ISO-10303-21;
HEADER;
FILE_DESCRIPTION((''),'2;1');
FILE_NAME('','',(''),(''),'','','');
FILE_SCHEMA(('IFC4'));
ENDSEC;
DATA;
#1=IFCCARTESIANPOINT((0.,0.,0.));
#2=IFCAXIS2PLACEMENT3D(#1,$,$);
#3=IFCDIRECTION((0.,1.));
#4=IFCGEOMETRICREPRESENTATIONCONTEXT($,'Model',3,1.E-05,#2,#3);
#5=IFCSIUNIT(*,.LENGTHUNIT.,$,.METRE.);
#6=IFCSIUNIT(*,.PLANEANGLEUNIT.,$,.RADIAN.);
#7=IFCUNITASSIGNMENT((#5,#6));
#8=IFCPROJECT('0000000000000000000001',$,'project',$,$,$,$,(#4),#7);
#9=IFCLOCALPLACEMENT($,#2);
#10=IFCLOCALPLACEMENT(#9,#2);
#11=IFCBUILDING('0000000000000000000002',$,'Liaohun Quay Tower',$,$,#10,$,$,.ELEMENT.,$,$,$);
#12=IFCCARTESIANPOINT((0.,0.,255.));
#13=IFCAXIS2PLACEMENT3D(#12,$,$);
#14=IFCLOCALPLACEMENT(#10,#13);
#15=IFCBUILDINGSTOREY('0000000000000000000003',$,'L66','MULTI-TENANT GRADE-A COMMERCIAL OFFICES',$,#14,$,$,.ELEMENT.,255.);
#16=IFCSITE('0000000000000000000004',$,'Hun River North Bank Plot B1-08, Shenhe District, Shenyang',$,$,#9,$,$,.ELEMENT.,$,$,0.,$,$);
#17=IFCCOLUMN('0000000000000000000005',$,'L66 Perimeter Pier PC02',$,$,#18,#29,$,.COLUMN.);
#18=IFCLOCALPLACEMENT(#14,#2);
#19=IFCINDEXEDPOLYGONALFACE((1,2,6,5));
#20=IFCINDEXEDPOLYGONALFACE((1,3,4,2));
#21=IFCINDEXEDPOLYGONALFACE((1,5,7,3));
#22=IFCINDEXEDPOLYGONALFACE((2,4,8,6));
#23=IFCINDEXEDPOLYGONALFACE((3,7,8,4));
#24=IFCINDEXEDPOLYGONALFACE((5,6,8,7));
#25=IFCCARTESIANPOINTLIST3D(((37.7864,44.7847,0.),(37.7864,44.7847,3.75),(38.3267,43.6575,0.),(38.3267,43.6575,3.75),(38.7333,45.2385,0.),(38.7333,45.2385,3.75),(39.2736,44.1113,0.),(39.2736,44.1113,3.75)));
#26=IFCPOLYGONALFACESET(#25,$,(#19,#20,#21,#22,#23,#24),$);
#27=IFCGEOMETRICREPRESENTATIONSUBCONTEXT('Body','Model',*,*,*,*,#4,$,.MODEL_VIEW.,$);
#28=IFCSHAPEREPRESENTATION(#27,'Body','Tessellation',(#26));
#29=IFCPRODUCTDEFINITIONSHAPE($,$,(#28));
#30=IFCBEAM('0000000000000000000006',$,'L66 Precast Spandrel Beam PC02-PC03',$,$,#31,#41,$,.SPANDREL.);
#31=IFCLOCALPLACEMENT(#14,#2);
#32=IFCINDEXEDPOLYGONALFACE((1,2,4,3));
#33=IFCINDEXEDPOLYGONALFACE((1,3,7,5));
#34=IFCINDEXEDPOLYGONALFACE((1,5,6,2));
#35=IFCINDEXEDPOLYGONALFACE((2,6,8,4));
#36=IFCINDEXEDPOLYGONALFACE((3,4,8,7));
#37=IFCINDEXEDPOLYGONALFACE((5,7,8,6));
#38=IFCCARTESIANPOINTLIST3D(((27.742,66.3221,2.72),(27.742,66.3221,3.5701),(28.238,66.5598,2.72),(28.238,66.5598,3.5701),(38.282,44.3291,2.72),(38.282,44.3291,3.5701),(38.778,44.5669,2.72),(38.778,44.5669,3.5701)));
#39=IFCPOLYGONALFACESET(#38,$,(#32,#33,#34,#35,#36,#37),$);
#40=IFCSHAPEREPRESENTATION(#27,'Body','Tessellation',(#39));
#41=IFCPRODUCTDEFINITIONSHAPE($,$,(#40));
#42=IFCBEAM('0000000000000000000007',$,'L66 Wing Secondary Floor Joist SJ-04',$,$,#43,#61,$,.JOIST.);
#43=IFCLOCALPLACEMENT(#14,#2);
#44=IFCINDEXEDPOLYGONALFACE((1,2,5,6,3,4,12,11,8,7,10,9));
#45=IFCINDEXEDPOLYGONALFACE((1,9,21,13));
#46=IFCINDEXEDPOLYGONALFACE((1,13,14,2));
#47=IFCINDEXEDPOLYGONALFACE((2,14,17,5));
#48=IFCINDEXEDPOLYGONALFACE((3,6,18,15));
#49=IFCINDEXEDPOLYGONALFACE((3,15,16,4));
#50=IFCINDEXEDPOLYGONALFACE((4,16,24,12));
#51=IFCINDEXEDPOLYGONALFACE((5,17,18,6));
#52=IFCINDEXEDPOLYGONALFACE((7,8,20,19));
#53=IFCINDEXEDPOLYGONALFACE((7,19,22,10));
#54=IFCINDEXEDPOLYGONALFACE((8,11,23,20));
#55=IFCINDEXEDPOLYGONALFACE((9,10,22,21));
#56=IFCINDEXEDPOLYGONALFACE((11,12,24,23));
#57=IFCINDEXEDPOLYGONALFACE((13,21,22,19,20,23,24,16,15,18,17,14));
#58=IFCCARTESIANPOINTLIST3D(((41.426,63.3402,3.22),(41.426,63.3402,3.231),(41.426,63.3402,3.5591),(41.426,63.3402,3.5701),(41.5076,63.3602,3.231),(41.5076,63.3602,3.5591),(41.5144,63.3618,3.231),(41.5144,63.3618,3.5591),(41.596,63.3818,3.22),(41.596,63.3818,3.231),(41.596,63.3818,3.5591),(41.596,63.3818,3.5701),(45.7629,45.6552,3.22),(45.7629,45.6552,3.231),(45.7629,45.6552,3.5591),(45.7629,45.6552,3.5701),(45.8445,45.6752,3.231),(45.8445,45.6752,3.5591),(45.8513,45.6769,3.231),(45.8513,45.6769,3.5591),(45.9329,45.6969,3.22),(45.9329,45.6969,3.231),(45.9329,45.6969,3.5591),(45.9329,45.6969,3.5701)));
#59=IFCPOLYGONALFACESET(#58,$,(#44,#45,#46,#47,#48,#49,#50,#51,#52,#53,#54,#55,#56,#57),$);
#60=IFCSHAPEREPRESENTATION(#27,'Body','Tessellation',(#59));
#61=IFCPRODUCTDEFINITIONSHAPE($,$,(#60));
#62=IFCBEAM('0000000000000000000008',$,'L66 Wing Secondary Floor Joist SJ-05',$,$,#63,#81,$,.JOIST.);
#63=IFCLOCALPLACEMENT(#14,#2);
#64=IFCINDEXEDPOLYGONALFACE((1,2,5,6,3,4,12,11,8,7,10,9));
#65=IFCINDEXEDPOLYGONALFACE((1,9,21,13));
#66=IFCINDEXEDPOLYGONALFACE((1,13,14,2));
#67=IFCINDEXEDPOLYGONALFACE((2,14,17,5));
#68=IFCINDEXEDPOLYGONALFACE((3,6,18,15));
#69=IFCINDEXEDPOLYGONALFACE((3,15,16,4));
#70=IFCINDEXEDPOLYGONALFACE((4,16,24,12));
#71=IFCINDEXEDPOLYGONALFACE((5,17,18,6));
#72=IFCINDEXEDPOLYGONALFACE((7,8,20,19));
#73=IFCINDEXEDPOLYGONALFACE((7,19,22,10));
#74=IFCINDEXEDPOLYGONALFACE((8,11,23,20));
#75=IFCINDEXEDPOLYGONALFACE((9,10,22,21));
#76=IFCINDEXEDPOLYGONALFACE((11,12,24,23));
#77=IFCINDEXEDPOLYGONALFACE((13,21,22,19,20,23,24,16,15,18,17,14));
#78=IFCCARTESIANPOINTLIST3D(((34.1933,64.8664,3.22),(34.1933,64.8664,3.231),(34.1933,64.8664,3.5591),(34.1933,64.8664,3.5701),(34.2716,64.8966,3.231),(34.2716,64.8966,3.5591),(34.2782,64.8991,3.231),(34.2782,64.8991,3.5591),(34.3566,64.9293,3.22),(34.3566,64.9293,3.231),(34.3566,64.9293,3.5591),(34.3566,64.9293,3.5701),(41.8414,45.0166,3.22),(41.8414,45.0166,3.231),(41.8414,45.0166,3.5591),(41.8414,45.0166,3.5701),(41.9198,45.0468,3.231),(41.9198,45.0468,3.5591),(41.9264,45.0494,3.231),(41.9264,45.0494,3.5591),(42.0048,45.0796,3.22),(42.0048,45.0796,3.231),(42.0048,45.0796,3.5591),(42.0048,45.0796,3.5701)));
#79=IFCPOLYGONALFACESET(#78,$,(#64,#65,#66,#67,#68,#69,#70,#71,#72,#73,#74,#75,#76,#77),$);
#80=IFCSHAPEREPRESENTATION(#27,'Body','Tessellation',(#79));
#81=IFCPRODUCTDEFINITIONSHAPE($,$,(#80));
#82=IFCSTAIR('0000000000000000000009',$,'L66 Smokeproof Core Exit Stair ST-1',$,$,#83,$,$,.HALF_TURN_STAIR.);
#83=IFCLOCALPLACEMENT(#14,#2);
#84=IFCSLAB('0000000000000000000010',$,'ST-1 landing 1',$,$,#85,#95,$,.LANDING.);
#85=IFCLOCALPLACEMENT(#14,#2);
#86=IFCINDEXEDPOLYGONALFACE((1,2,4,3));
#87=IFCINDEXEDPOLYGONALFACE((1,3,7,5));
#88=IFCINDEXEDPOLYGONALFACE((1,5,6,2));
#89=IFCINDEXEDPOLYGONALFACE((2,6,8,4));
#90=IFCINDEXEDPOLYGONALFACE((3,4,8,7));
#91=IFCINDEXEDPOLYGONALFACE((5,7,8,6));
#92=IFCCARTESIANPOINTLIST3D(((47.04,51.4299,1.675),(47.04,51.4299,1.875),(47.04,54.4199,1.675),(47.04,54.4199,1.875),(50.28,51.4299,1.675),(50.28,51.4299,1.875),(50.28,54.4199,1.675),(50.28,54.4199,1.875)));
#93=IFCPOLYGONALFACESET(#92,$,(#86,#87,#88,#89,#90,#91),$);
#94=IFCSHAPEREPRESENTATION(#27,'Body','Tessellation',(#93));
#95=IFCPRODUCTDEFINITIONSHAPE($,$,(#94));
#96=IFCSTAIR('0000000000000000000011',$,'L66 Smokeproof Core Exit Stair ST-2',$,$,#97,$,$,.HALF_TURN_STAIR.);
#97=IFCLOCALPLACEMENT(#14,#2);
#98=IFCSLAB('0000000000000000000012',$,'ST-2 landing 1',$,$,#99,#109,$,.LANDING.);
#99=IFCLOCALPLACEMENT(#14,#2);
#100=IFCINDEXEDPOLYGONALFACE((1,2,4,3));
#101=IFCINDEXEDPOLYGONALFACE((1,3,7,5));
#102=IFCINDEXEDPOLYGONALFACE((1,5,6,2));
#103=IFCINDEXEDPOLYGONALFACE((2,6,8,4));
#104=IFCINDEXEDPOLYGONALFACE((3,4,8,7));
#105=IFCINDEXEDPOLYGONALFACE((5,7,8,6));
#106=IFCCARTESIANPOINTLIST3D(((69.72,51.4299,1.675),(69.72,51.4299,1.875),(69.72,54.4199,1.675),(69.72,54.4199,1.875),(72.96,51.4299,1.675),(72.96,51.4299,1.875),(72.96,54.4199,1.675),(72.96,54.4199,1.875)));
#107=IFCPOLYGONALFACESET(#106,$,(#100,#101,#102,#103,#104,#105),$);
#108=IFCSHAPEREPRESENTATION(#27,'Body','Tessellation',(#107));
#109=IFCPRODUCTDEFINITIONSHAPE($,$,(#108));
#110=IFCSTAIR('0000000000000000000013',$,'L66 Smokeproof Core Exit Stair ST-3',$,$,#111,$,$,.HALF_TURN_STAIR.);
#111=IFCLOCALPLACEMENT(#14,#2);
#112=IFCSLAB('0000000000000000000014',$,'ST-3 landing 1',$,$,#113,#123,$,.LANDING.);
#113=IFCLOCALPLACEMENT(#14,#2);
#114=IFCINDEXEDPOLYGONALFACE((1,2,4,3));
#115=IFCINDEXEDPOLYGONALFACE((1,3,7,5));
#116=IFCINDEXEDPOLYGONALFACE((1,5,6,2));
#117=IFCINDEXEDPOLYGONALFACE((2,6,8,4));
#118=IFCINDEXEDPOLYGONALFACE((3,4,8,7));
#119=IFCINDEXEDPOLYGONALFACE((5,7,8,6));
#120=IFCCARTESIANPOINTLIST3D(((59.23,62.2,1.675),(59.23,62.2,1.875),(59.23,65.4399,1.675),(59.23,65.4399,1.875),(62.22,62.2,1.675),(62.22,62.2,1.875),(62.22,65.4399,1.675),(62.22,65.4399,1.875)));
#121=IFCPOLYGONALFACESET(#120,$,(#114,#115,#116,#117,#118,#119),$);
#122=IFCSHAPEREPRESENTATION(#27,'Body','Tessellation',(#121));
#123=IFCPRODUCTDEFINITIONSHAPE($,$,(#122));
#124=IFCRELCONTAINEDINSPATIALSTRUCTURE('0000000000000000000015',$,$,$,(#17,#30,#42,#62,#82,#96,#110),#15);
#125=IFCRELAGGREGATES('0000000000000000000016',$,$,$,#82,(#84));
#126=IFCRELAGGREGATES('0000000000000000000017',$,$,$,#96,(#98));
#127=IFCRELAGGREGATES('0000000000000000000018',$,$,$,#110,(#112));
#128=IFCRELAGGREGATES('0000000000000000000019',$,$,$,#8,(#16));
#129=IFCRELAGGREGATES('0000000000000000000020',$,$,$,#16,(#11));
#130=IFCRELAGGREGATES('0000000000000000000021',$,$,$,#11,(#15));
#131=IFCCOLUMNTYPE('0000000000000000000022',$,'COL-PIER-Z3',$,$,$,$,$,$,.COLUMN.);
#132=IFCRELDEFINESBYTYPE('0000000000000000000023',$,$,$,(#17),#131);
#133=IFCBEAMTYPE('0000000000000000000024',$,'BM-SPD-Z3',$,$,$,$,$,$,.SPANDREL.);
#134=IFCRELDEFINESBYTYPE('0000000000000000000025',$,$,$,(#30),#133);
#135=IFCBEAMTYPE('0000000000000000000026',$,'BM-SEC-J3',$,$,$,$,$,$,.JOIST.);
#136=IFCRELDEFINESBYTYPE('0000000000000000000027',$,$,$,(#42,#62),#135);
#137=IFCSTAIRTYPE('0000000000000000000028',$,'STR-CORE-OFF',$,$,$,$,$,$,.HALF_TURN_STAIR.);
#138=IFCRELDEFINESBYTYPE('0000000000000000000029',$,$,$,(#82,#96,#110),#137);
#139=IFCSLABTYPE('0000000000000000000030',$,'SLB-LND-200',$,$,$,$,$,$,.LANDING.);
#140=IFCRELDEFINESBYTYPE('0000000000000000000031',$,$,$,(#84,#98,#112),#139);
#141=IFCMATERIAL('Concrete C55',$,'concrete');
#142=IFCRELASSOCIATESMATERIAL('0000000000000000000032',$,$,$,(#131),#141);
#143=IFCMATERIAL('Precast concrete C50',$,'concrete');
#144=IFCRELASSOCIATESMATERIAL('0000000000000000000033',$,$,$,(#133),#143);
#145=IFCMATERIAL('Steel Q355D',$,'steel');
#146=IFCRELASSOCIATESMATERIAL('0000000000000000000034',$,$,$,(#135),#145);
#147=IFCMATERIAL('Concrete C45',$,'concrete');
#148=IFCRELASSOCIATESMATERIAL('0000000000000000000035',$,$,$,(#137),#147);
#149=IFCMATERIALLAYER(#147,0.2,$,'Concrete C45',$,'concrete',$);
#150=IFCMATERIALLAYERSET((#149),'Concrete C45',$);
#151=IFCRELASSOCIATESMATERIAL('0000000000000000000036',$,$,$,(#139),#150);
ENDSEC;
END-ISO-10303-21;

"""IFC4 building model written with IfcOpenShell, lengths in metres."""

from ifc_helpers import new_model, si_unit, direction, frame, origin, origin_2d, place, context, subcontext, project, spatial, polyline, rectangle, i_section, outline, extrude, source, transform, mapped, material, layer, layer_set, material_profile, profile_set, type_object, element, aggregate, save


model = new_model("IFC4")

# Units and contexts
model_context = context("Model", 3, precision=1e-05, world=origin(), true_north=direction((0.0, 1.0)))
body_context = subcontext(model_context, "Body", "Model", "MODEL_VIEW")
ifc_project = project(units=[si_unit("LENGTHUNIT", "METRE"), si_unit("PLANEANGLEUNIT", "RADIAN")], contexts=[model_context])

# Site, building, storey
site_placement = place(None, origin())
site = spatial("IfcSite", under=ifc_project, at=site_placement, Name="Hun River North Bank Plot B1-08, Shenhe District, Shenyang", CompositionType="ELEMENT", RefElevation=0.0)
building_placement = place(site_placement, origin())
building = spatial("IfcBuilding", under=site, at=building_placement, Name="Liaohun Quay Tower", CompositionType="ELEMENT")
storey_placement = place(building_placement, frame((0.0, 0.0, 255.0)))
storey = spatial("IfcBuildingStorey", under=building, at=storey_placement, Name="L66", Description="MULTI-TENANT GRADE-A COMMERCIAL OFFICES", CompositionType="ELEMENT", Elevation=255.0)

# Column
ifc_material_1 = material(Name="Concrete C55", Category="concrete")
ifc_material_profile_1 = material_profile(ifc_material_1, rectangle(XDim=1.25, YDim=1.05, at=origin_2d()), Name="RC1250x1050")
ifc_profile_set_1 = profile_set([ifc_material_profile_1], Name="Concrete C55")
column_type = type_object("IfcColumnType", Name="COL-PIER-Z3", PredefinedType="COLUMN", material=ifc_profile_set_1)
shared_shape_1 = source(origin(), body_context, "Body", "SweptSolid", [
    extrude(rectangle(XDim=1.25, YDim=1.05, at=origin_2d()), origin(), (0.0, 0.0, 1.0), 3.75),
])
column_placement = place(storey_placement, frame((38.53, 44.448, 0.0), z_axis=(0.0, 0.0, 1.0), x_axis=(-0.432243, 0.901757, 0.0)))
element("IfcColumn", 1, at=column_placement, inside=storey, type_object=column_type, Name="L66 Perimeter Pier PC02", PredefinedType="COLUMN", context=body_context, shape_type="MappedRepresentation", body=[
    mapped(shared_shape_1, transform((0.0, 0.0, 0.0), x_axis=(1.0, 0.0, 0.0), y_axis=(0.0, 1.0, 0.0), z_axis=(0.0, 0.0, 1.0), scale=1.0)),
])

# Beams
ifc_material_2 = material(Name="Precast concrete C50", Category="concrete")
ifc_material_profile_2 = material_profile(ifc_material_2, rectangle(XDim=0.55, YDim=0.8501, at=origin_2d()), Name="RC550x850")
ifc_profile_set_2 = profile_set([ifc_material_profile_2], Name="Precast concrete C50")
beam_type_1 = type_object("IfcBeamType", Name="BM-SPD-Z3", PredefinedType="SPANDREL", material=ifc_profile_set_2)
shared_shape_2 = source(origin(), body_context, "Body", "SweptSolid", [
    extrude(rectangle(XDim=0.55, YDim=0.8501, at=origin_2d()), origin(), (0.0, 0.0, 1.0), 24.3882),
])
beam_1_placement = place(storey_placement, frame((38.53, 44.448, 3.145), z_axis=(-0.432179, 0.901788, 0.0), x_axis=(-0.901788, -0.432179, 0.0)))
element("IfcBeam", 2, at=beam_1_placement, inside=storey, type_object=beam_type_1, Name="L66 Precast Spandrel Beam PC02-PC03", PredefinedType="SPANDREL", context=body_context, shape_type="MappedRepresentation", body=[
    mapped(shared_shape_2, transform((0.0, 0.0, 0.0), x_axis=(1.0, 0.0, 0.0), y_axis=(0.0, 1.0, 0.0), z_axis=(0.0, 0.0, 1.0), scale=1.0)),
])
ifc_material_3 = material(Name="Steel Q355D", Category="steel")
ifc_material_profile_3 = material_profile(ifc_material_3, i_section(OverallWidth=0.175, OverallDepth=0.3501, WebThickness=0.0071, FlangeThickness=0.011, at=origin_2d()), Name="HN350x175x7x11")
ifc_profile_set_3 = profile_set([ifc_material_profile_3], Name="Steel Q355D")
beam_type_2 = type_object("IfcBeamType", Name="BM-SEC-J3", PredefinedType="JOIST", material=ifc_profile_set_3)
shared_shape_3 = source(origin(), body_context, "Body", "SweptSolid", [
    extrude(i_section(OverallWidth=0.175, OverallDepth=0.3501, WebThickness=0.0071, FlangeThickness=0.011, at=origin_2d()), origin(), (0.0, 0.0, 1.0), 18.209),
])
beam_2_placement = place(storey_placement, frame((45.8479, 45.676, 3.395), z_axis=(-0.238173, 0.971223, 0.0), x_axis=(-0.971223, -0.238173, 0.0)))
element("IfcBeam", 3, at=beam_2_placement, inside=storey, type_object=beam_type_2, Name="L66 Wing Secondary Floor Joist SJ-04", PredefinedType="JOIST", context=body_context, shape_type="MappedRepresentation", body=[
    mapped(shared_shape_3, transform((0.0, 0.0, 0.0), x_axis=(1.0, 0.0, 0.0), y_axis=(0.0, 1.0, 0.0), z_axis=(0.0, 0.0, 1.0), scale=1.0)),
])
shared_shape_4 = source(origin(), body_context, "Body", "SweptSolid", [
    extrude(i_section(OverallWidth=0.175, OverallDepth=0.3501, WebThickness=0.0071, FlangeThickness=0.011, at=origin_2d()), origin(), (0.0, 0.0, 1.0), 21.2722),
])
beam_3_placement = place(storey_placement, frame((41.9231, 45.0481, 3.395), z_axis=(-0.359537, 0.933131, 0.0), x_axis=(-0.933131, -0.359537, 0.0)))
element("IfcBeam", 4, at=beam_3_placement, inside=storey, type_object=beam_type_2, Name="L66 Wing Secondary Floor Joist SJ-05", PredefinedType="JOIST", context=body_context, shape_type="MappedRepresentation", body=[
    mapped(shared_shape_4, transform((0.0, 0.0, 0.0), x_axis=(1.0, 0.0, 0.0), y_axis=(0.0, 1.0, 0.0), z_axis=(0.0, 0.0, 1.0), scale=1.0)),
])

# Stairs, slabs
ifc_material_4 = material(Name="Concrete C45", Category="concrete")
stair_type = type_object("IfcStairType", Name="STR-CORE-OFF", PredefinedType="HALF_TURN_STAIR", material=ifc_material_4)
stair_1_placement = place(storey_placement, origin())
stair_1 = element("IfcStair", 5, at=stair_1_placement, inside=storey, type_object=stair_type, Name="L66 Smokeproof Core Exit Stair ST-1", PredefinedType="HALF_TURN_STAIR")
ifc_layer_1 = layer(ifc_material_4, 0.2, Name="Concrete C45", Category="concrete")
ifc_layer_set_1 = layer_set([ifc_layer_1], Name="Concrete C45")
slab_type_1 = type_object("IfcSlabType", Name="SLB-LND-200", PredefinedType="LANDING", material=ifc_layer_set_1)
slab_1_placement = place(storey_placement, frame((0.0, 0.0, 1.675)))
slab_1 = element("IfcSlab", 6, at=slab_1_placement, type_object=slab_type_1, Name="ST-1 landing 1", PredefinedType="LANDING", context=body_context, shape_type="SweptSolid", body=[
    extrude(outline(polyline([(50.28, 51.4299), (50.28, 54.4199), (47.04, 54.4199), (47.04, 51.4299), (50.28, 51.4299)])), origin(), (0.0, 0.0, 1.0), 0.2),
])
aggregate(stair_1, [slab_1])
stair_2_placement = place(storey_placement, origin())
stair_2 = element("IfcStair", 7, at=stair_2_placement, inside=storey, type_object=stair_type, Name="L66 Smokeproof Core Exit Stair ST-2", PredefinedType="HALF_TURN_STAIR")
slab_2_placement = place(storey_placement, frame((0.0, 0.0, 1.675)))
slab_2 = element("IfcSlab", 8, at=slab_2_placement, type_object=slab_type_1, Name="ST-2 landing 1", PredefinedType="LANDING", context=body_context, shape_type="SweptSolid", body=[
    extrude(outline(polyline([(72.96, 51.4299), (72.96, 54.4199), (69.72, 54.4199), (69.72, 51.4299), (72.96, 51.4299)])), origin(), (0.0, 0.0, 1.0), 0.2),
])
aggregate(stair_2, [slab_2])
stair_3_placement = place(storey_placement, origin())
stair_3 = element("IfcStair", 9, at=stair_3_placement, inside=storey, type_object=stair_type, Name="L66 Smokeproof Core Exit Stair ST-3", PredefinedType="HALF_TURN_STAIR")
slab_3_placement = place(storey_placement, frame((0.0, 0.0, 1.675)))
slab_3 = element("IfcSlab", 10, at=slab_3_placement, type_object=slab_type_1, Name="ST-3 landing 1", PredefinedType="LANDING", context=body_context, shape_type="SweptSolid", body=[
    extrude(outline(polyline([(59.23, 62.2), (62.22, 62.2), (62.22, 65.4399), (59.23, 65.4399), (59.23, 62.2)])), origin(), (0.0, 0.0, 1.0), 0.2),
])
aggregate(stair_3, [slab_3])

save(model, "model.ifc")
